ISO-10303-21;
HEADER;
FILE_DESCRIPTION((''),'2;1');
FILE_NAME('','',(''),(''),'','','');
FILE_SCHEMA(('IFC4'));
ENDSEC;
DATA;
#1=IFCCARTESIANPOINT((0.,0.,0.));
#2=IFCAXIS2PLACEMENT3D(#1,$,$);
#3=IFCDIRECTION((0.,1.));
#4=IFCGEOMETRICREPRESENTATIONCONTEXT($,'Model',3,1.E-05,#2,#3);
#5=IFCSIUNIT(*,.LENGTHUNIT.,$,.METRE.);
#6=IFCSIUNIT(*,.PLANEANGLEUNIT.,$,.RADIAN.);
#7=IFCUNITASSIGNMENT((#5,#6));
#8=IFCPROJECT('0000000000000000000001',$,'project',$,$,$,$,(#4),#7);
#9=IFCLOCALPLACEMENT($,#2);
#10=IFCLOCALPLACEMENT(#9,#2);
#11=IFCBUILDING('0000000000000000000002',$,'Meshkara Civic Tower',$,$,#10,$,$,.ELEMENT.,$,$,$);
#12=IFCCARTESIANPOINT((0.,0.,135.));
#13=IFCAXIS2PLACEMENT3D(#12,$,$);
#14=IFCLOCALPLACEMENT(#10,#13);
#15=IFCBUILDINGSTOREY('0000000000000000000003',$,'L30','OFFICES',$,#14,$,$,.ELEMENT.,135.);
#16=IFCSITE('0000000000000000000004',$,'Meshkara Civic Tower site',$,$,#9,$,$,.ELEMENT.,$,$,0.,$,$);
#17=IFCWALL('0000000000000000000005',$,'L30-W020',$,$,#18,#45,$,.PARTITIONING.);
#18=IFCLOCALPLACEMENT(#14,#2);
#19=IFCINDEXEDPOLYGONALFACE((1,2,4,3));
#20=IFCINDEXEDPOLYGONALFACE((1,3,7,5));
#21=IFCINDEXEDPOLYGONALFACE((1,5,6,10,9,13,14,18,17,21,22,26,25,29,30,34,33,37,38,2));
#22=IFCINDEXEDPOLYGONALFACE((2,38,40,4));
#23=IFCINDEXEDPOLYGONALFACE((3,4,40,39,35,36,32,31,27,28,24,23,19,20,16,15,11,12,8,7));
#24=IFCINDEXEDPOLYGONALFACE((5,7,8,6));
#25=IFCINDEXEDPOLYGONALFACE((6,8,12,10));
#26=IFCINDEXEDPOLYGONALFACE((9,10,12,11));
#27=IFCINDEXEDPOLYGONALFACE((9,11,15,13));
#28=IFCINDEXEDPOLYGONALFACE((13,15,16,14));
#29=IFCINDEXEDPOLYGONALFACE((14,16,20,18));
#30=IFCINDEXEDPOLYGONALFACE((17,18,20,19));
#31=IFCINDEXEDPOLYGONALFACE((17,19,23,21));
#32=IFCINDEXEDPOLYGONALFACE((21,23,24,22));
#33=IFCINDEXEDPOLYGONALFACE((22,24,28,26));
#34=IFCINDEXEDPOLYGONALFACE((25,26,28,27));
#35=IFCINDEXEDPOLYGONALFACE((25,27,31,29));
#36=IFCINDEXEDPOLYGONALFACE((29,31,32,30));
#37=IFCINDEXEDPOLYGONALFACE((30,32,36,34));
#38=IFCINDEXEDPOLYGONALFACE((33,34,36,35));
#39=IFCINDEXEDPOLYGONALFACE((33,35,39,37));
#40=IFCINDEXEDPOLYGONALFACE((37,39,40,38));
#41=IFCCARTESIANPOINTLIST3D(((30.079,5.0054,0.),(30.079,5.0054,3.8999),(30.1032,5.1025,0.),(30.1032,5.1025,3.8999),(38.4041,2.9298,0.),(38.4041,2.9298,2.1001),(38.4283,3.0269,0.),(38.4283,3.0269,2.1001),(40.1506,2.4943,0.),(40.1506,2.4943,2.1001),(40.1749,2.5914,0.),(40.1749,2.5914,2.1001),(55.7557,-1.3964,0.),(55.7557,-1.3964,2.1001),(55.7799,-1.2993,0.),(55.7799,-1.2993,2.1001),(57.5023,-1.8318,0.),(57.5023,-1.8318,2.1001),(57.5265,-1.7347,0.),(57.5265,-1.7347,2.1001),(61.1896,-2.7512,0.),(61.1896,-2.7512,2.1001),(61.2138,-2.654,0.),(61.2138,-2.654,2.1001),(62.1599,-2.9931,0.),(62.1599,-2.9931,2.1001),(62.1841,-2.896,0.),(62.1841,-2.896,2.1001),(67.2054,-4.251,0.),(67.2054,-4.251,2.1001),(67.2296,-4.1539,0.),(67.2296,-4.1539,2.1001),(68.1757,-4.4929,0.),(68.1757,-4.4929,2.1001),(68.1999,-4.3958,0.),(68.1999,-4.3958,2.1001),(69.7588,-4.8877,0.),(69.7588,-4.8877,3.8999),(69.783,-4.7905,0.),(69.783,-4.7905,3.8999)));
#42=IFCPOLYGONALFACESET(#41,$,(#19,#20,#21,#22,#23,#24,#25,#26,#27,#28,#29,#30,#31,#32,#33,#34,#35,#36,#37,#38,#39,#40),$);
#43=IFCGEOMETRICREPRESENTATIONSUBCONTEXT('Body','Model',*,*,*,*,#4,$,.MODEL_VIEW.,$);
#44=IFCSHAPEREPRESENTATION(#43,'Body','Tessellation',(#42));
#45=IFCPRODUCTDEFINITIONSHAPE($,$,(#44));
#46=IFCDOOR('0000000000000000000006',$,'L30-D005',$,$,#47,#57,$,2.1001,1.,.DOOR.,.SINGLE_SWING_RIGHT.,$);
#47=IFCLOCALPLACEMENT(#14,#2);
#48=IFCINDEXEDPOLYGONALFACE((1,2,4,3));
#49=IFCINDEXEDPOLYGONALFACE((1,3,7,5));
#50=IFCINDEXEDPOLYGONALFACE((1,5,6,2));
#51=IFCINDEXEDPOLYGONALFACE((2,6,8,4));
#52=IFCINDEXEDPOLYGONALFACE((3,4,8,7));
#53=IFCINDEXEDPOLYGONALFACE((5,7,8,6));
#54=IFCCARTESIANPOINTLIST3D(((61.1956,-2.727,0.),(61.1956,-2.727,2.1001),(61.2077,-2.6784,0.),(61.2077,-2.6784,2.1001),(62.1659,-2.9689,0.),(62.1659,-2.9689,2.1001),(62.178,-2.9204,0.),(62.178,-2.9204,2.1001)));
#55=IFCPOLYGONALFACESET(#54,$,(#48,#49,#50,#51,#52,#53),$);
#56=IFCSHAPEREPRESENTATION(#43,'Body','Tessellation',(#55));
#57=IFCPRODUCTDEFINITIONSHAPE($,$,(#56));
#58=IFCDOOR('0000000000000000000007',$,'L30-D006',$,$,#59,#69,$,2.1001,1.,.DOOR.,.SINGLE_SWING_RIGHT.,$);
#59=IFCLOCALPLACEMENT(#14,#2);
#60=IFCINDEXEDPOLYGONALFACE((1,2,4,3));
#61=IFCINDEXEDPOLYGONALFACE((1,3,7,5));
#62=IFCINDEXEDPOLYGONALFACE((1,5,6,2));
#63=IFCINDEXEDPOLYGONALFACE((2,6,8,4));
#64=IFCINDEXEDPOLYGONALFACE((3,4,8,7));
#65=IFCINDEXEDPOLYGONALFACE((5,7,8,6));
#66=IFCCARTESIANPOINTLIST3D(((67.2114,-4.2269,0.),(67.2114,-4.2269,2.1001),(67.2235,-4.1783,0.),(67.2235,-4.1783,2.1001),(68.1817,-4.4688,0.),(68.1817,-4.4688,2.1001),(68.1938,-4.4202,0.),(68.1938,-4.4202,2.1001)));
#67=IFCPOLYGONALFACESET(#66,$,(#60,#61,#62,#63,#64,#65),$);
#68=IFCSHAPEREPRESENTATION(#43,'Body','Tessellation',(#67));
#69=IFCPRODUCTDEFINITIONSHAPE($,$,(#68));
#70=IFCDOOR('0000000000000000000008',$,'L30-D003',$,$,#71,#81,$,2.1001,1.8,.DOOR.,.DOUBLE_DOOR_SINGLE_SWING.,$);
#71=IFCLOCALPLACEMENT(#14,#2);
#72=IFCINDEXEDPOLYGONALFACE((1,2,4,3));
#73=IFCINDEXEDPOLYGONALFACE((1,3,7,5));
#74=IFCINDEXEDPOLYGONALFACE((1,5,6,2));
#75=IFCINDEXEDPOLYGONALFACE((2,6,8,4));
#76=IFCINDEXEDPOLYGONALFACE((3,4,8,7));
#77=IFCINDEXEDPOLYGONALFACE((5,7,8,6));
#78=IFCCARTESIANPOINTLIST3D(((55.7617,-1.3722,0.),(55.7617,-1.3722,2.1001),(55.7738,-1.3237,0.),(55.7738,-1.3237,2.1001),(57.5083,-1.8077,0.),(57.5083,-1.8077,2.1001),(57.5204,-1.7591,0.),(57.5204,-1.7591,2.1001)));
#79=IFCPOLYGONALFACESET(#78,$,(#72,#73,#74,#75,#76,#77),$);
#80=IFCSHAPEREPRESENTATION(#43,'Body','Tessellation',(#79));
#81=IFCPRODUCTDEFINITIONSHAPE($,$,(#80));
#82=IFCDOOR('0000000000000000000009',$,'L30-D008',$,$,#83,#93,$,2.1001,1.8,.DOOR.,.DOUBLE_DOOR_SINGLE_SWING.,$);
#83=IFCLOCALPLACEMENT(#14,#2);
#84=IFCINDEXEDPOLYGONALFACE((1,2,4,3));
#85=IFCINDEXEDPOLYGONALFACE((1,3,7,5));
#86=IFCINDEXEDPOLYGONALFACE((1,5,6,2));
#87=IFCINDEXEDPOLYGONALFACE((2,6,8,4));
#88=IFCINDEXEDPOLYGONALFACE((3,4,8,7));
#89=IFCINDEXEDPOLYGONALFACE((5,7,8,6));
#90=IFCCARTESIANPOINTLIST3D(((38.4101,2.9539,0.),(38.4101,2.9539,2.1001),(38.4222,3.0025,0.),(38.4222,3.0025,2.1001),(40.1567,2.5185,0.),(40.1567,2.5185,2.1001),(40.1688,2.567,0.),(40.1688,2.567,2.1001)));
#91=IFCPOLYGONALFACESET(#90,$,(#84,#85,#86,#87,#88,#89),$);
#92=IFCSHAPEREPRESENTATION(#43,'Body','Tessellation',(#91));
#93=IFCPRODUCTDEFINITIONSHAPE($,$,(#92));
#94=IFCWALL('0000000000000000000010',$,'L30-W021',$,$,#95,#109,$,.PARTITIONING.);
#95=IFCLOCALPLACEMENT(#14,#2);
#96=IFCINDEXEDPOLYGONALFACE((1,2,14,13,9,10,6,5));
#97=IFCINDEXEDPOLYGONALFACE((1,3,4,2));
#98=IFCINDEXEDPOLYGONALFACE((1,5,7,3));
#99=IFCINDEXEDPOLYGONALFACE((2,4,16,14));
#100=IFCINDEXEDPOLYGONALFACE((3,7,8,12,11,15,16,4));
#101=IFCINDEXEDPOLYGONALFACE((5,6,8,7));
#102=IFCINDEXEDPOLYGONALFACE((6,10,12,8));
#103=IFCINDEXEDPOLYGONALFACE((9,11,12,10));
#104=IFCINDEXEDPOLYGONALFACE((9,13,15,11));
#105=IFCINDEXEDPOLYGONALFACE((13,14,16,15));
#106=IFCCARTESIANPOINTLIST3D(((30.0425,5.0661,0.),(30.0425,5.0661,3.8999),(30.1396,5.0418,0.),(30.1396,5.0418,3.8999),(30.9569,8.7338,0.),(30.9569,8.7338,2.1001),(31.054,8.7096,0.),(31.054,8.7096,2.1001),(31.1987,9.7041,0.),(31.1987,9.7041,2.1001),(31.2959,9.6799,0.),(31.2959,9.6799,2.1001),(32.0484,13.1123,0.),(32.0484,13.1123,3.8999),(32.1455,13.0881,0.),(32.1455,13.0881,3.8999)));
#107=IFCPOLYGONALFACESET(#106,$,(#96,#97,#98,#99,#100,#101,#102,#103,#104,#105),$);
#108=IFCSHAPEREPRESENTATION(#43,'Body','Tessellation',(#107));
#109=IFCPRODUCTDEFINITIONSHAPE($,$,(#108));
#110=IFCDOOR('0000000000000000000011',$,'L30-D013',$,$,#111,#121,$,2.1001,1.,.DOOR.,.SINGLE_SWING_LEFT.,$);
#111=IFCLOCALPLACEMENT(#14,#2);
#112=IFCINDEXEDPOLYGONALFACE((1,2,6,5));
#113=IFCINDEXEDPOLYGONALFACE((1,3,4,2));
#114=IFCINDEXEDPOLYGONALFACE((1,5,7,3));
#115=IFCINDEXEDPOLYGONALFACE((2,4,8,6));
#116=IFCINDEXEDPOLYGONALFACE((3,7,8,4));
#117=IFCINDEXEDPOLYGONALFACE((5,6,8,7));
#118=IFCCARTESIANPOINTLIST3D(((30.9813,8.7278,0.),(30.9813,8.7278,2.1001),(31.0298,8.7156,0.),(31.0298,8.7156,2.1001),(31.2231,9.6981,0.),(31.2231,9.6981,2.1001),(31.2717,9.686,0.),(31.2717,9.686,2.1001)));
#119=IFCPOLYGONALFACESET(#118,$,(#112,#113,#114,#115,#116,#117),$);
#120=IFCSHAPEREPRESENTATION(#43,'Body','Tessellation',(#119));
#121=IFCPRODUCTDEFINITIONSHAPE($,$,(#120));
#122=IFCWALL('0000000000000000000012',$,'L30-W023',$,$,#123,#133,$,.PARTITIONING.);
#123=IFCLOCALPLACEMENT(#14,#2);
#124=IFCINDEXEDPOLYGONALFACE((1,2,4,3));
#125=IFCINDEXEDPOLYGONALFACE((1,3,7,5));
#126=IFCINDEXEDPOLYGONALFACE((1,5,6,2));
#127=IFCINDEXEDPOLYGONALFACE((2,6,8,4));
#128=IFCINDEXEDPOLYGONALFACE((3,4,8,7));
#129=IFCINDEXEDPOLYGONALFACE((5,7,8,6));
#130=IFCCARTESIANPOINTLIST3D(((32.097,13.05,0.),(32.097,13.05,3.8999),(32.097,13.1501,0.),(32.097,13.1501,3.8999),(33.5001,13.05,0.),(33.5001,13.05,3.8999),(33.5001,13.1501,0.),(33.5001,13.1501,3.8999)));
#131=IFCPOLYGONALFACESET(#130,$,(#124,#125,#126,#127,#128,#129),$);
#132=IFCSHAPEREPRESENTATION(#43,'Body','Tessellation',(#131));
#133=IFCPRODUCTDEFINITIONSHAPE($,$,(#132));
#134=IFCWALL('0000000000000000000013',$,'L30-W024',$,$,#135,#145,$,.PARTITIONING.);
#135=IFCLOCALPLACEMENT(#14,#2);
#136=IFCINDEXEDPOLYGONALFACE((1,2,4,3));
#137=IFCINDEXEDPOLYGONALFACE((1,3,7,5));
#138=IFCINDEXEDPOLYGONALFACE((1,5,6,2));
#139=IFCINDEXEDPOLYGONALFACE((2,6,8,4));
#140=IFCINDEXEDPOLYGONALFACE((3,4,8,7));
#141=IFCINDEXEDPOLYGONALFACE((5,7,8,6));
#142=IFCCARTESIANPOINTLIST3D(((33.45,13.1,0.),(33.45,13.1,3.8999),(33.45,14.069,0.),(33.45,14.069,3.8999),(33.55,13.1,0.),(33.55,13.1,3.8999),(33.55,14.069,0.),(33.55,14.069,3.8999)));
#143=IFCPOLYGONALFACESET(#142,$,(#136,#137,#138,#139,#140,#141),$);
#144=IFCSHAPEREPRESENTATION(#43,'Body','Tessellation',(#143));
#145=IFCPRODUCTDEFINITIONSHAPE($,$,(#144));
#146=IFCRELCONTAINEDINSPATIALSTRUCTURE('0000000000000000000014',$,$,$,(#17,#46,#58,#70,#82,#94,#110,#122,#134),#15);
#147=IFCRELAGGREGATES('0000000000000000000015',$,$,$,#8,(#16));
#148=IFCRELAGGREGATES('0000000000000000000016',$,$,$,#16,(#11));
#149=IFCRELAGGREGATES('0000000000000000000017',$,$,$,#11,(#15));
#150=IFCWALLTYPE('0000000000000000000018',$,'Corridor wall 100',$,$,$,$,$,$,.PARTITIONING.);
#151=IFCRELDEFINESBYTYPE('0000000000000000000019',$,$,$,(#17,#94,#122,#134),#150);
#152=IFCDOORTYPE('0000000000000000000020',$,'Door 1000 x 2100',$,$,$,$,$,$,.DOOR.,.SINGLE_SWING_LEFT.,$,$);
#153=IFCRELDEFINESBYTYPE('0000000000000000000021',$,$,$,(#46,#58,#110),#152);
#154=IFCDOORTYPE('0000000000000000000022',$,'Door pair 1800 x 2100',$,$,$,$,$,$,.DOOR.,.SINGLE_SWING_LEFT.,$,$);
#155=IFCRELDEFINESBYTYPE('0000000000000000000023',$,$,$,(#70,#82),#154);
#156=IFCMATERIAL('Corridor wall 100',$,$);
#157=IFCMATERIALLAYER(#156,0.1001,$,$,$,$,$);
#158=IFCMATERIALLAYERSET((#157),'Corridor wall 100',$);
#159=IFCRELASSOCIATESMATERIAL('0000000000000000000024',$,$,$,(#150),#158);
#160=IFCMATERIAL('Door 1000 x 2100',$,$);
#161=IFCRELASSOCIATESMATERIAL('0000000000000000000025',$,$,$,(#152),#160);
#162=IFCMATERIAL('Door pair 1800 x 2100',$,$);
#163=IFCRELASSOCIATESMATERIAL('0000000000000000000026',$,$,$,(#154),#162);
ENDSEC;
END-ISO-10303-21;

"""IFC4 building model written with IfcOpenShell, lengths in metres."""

from ifc_helpers import new_model, si_unit, direction, frame, frame_2d, origin, place, context, subcontext, project, spatial, rectangle, extrude, material, layer, layer_set, type_object, element, fill, save


model = new_model("IFC4")

# Units and contexts
model_context = context("Model", 3, precision=1e-05, world=origin(), true_north=direction((0.0, 1.0)))
body_context = subcontext(model_context, "Body", "Model", "MODEL_VIEW")
ifc_project = project(units=[si_unit("LENGTHUNIT", "METRE"), si_unit("PLANEANGLEUNIT", "RADIAN")], contexts=[model_context])

# Site, building, storey
site_placement = place(None, origin())
site = spatial("IfcSite", under=ifc_project, at=site_placement, Name="Meshkara Civic Tower site", CompositionType="ELEMENT", RefElevation=0.0)
building_placement = place(site_placement, origin())
building = spatial("IfcBuilding", under=site, at=building_placement, Name="Meshkara Civic Tower", CompositionType="ELEMENT")
storey_placement = place(building_placement, frame((0.0, 0.0, 135.0)))
storey = spatial("IfcBuildingStorey", under=building, at=storey_placement, Name="L30", Description="OFFICES", CompositionType="ELEMENT", Elevation=135.0)

# Wall, openings, doors
ifc_material_1 = material(Name="Corridor wall 100")
ifc_layer_1 = layer(ifc_material_1, 0.1001)
ifc_layer_set_1 = layer_set([ifc_layer_1], Name="Corridor wall 100")
wall_type_1 = type_object("IfcWallType", Name="Corridor wall 100", PredefinedType="PARTITIONING", material=ifc_layer_set_1)
wall_1_placement = place(storey_placement, frame((30.0911, 5.054, 0.0), z_axis=(0.0, 0.0, 1.0), x_axis=(0.970297, -0.241916, 0.0)))
wall_1 = element("IfcWall", 1, at=wall_1_placement, inside=storey, type_object=wall_type_1, Name="L30-W020", PredefinedType="PARTITIONING", context=body_context, shape_type="SweptSolid", body=[
    extrude(rectangle(XDim=40.8945, YDim=0.1001, at=frame_2d((20.4473, 0.0))), origin(), (0.0, 0.0, 1.0), 3.8999),
])
opening_1_placement = place(wall_1_placement, frame((26.4629, 0.0, 0.0)))
opening_1 = element("IfcOpeningElement", 2, at=opening_1_placement, cuts=wall_1, PredefinedType="OPENING", context=body_context, shape_type="SweptSolid", body=[
    extrude(rectangle(XDim=1.8, YDim=2.1001, at=frame_2d((0.8999, 1.05))), frame((0.0, 0.0601, 0.0), z_axis=(0.0, -1.0, 0.0), x_axis=(1.0, 0.0, 0.0)), (0.0, 0.0, 1.0), 0.1201),
])
opening_2_placement = place(wall_1_placement, frame((32.063, 0.0, 0.0)))
opening_2 = element("IfcOpeningElement", 3, at=opening_2_placement, cuts=wall_1, PredefinedType="OPENING", context=body_context, shape_type="SweptSolid", body=[
    extrude(rectangle(XDim=1.0, YDim=2.1001, at=frame_2d((0.5, 1.05))), frame((0.0, 0.0601, 0.0), z_axis=(0.0, -1.0, 0.0), x_axis=(1.0, 0.0, 0.0)), (0.0, 0.0, 1.0), 0.1201),
])
opening_3_placement = place(wall_1_placement, frame((38.2629, 0.0, 0.0)))
opening_3 = element("IfcOpeningElement", 4, at=opening_3_placement, cuts=wall_1, PredefinedType="OPENING", context=body_context, shape_type="SweptSolid", body=[
    extrude(rectangle(XDim=1.0, YDim=2.1001, at=frame_2d((0.5, 1.05))), frame((0.0, 0.0601, 0.0), z_axis=(0.0, -1.0, 0.0), x_axis=(1.0, 0.0, 0.0)), (0.0, 0.0, 1.0), 0.1201),
])
opening_4_placement = place(wall_1_placement, frame((8.5801, 0.0, 0.0)))
opening_4 = element("IfcOpeningElement", 5, at=opening_4_placement, cuts=wall_1, PredefinedType="OPENING", context=body_context, shape_type="SweptSolid", body=[
    extrude(rectangle(XDim=1.8, YDim=2.1001, at=frame_2d((0.8999, 1.05))), frame((0.0, 0.0601, 0.0), z_axis=(0.0, -1.0, 0.0), x_axis=(1.0, 0.0, 0.0)), (0.0, 0.0, 1.0), 0.1201),
])
ifc_material_2 = material(Name="Door 1000 x 2100")
door_type_1 = type_object("IfcDoorType", Name="Door 1000 x 2100", OperationType="SINGLE_SWING_LEFT", PredefinedType="DOOR", material=ifc_material_2)
door_1_placement = place(opening_2_placement, origin())
door_1 = element("IfcDoor", 6, at=door_1_placement, inside=storey, type_object=door_type_1, Name="L30-D005", OperationType="SINGLE_SWING_RIGHT", OverallHeight=2.1001, OverallWidth=1.0, PredefinedType="DOOR", context=body_context, shape_type="SweptSolid", body=[
    extrude(rectangle(XDim=1.0, YDim=2.1001, at=frame_2d((0.5, 1.05))), frame((0.0, 0.0249, 0.0), z_axis=(0.0, -1.0, 0.0), x_axis=(1.0, 0.0, 0.0)), (0.0, 0.0, 1.0), 0.05),
])
fill(opening_2, door_1)
door_2_placement = place(opening_3_placement, origin())
door_2 = element("IfcDoor", 7, at=door_2_placement, inside=storey, type_object=door_type_1, Name="L30-D006", OperationType="SINGLE_SWING_RIGHT", OverallHeight=2.1001, OverallWidth=1.0, PredefinedType="DOOR", context=body_context, shape_type="SweptSolid", body=[
    extrude(rectangle(XDim=1.0, YDim=2.1001, at=frame_2d((0.5, 1.05))), frame((0.0, 0.0249, 0.0), z_axis=(0.0, -1.0, 0.0), x_axis=(1.0, 0.0, 0.0)), (0.0, 0.0, 1.0), 0.05),
])
fill(opening_3, door_2)
ifc_material_3 = material(Name="Door pair 1800 x 2100")
door_type_2 = type_object("IfcDoorType", Name="Door pair 1800 x 2100", OperationType="SINGLE_SWING_LEFT", PredefinedType="DOOR", material=ifc_material_3)
door_3_placement = place(opening_1_placement, origin())
door_3 = element("IfcDoor", 8, at=door_3_placement, inside=storey, type_object=door_type_2, Name="L30-D003", OperationType="DOUBLE_DOOR_SINGLE_SWING", OverallHeight=2.1001, OverallWidth=1.8, PredefinedType="DOOR", context=body_context, shape_type="SweptSolid", body=[
    extrude(rectangle(XDim=1.8, YDim=2.1001, at=frame_2d((0.8999, 1.05))), frame((0.0, 0.0249, 0.0), z_axis=(0.0, -1.0, 0.0), x_axis=(1.0, 0.0, 0.0)), (0.0, 0.0, 1.0), 0.05),
])
fill(opening_1, door_3)
door_4_placement = place(opening_4_placement, origin())
door_4 = element("IfcDoor", 9, at=door_4_placement, inside=storey, type_object=door_type_2, Name="L30-D008", OperationType="DOUBLE_DOOR_SINGLE_SWING", OverallHeight=2.1001, OverallWidth=1.8, PredefinedType="DOOR", context=body_context, shape_type="SweptSolid", body=[
    extrude(rectangle(XDim=1.8, YDim=2.1001, at=frame_2d((0.8999, 1.05))), frame((0.0, 0.0249, 0.0), z_axis=(0.0, -1.0, 0.0), x_axis=(1.0, 0.0, 0.0)), (0.0, 0.0, 1.0), 0.05),
])
fill(opening_4, door_4)

# Wall, opening, door
wall_2_placement = place(storey_placement, frame((30.0911, 5.054, 0.0), z_axis=(0.0, 0.0, 1.0), x_axis=(0.241891, 0.970303, 0.0)))
wall_2 = element("IfcWall", 10, at=wall_2_placement, inside=storey, type_object=wall_type_1, Name="L30-W021", PredefinedType="PARTITIONING", context=body_context, shape_type="SweptSolid", body=[
    extrude(rectangle(XDim=8.2925, YDim=0.1001, at=frame_2d((4.1462, 0.0))), origin(), (0.0, 0.0, 1.0), 3.8999),
])
opening_5_placement = place(wall_2_placement, frame((3.78, 0.0, 0.0)))
opening_5 = element("IfcOpeningElement", 11, at=opening_5_placement, cuts=wall_2, PredefinedType="OPENING", context=body_context, shape_type="SweptSolid", body=[
    extrude(rectangle(XDim=1.0, YDim=2.1001, at=frame_2d((0.5, 1.05))), frame((0.0, 0.0601, 0.0), z_axis=(0.0, -1.0, 0.0), x_axis=(1.0, 0.0, 0.0)), (0.0, 0.0, 1.0), 0.1201),
])
door_5_placement = place(opening_5_placement, origin())
door_5 = element("IfcDoor", 12, at=door_5_placement, inside=storey, type_object=door_type_1, Name="L30-D013", OperationType="SINGLE_SWING_LEFT", OverallHeight=2.1001, OverallWidth=1.0, PredefinedType="DOOR", context=body_context, shape_type="SweptSolid", body=[
    extrude(rectangle(XDim=1.0, YDim=2.1001, at=frame_2d((0.5, 1.05))), frame((0.0, 0.0249, 0.0), z_axis=(0.0, -1.0, 0.0), x_axis=(1.0, 0.0, 0.0)), (0.0, 0.0, 1.0), 0.05),
])
fill(opening_5, door_5)

# Walls
wall_3_placement = place(storey_placement, frame((32.0969, 13.1001, 0.0), z_axis=(0.0, 0.0, 1.0), x_axis=(1.0, 0.0, 0.0)))
element("IfcWall", 13, at=wall_3_placement, inside=storey, type_object=wall_type_1, Name="L30-W023", PredefinedType="PARTITIONING", context=body_context, shape_type="SweptSolid", body=[
    extrude(rectangle(XDim=1.4031, YDim=0.1001, at=frame_2d((0.7017, 0.0))), origin(), (0.0, 0.0, 1.0), 3.8999),
])
wall_4_placement = place(storey_placement, frame((33.5, 13.1001, 0.0), z_axis=(0.0, 0.0, 1.0), x_axis=(0.0, 1.0, 0.0)))
element("IfcWall", 14, at=wall_4_placement, inside=storey, type_object=wall_type_1, Name="L30-W024", PredefinedType="PARTITIONING", context=body_context, shape_type="SweptSolid", body=[
    extrude(rectangle(XDim=0.969, YDim=0.1001, at=frame_2d((0.4844, 0.0))), origin(), (0.0, 0.0, 1.0), 3.8999),
])

save(model, "model.ifc")
